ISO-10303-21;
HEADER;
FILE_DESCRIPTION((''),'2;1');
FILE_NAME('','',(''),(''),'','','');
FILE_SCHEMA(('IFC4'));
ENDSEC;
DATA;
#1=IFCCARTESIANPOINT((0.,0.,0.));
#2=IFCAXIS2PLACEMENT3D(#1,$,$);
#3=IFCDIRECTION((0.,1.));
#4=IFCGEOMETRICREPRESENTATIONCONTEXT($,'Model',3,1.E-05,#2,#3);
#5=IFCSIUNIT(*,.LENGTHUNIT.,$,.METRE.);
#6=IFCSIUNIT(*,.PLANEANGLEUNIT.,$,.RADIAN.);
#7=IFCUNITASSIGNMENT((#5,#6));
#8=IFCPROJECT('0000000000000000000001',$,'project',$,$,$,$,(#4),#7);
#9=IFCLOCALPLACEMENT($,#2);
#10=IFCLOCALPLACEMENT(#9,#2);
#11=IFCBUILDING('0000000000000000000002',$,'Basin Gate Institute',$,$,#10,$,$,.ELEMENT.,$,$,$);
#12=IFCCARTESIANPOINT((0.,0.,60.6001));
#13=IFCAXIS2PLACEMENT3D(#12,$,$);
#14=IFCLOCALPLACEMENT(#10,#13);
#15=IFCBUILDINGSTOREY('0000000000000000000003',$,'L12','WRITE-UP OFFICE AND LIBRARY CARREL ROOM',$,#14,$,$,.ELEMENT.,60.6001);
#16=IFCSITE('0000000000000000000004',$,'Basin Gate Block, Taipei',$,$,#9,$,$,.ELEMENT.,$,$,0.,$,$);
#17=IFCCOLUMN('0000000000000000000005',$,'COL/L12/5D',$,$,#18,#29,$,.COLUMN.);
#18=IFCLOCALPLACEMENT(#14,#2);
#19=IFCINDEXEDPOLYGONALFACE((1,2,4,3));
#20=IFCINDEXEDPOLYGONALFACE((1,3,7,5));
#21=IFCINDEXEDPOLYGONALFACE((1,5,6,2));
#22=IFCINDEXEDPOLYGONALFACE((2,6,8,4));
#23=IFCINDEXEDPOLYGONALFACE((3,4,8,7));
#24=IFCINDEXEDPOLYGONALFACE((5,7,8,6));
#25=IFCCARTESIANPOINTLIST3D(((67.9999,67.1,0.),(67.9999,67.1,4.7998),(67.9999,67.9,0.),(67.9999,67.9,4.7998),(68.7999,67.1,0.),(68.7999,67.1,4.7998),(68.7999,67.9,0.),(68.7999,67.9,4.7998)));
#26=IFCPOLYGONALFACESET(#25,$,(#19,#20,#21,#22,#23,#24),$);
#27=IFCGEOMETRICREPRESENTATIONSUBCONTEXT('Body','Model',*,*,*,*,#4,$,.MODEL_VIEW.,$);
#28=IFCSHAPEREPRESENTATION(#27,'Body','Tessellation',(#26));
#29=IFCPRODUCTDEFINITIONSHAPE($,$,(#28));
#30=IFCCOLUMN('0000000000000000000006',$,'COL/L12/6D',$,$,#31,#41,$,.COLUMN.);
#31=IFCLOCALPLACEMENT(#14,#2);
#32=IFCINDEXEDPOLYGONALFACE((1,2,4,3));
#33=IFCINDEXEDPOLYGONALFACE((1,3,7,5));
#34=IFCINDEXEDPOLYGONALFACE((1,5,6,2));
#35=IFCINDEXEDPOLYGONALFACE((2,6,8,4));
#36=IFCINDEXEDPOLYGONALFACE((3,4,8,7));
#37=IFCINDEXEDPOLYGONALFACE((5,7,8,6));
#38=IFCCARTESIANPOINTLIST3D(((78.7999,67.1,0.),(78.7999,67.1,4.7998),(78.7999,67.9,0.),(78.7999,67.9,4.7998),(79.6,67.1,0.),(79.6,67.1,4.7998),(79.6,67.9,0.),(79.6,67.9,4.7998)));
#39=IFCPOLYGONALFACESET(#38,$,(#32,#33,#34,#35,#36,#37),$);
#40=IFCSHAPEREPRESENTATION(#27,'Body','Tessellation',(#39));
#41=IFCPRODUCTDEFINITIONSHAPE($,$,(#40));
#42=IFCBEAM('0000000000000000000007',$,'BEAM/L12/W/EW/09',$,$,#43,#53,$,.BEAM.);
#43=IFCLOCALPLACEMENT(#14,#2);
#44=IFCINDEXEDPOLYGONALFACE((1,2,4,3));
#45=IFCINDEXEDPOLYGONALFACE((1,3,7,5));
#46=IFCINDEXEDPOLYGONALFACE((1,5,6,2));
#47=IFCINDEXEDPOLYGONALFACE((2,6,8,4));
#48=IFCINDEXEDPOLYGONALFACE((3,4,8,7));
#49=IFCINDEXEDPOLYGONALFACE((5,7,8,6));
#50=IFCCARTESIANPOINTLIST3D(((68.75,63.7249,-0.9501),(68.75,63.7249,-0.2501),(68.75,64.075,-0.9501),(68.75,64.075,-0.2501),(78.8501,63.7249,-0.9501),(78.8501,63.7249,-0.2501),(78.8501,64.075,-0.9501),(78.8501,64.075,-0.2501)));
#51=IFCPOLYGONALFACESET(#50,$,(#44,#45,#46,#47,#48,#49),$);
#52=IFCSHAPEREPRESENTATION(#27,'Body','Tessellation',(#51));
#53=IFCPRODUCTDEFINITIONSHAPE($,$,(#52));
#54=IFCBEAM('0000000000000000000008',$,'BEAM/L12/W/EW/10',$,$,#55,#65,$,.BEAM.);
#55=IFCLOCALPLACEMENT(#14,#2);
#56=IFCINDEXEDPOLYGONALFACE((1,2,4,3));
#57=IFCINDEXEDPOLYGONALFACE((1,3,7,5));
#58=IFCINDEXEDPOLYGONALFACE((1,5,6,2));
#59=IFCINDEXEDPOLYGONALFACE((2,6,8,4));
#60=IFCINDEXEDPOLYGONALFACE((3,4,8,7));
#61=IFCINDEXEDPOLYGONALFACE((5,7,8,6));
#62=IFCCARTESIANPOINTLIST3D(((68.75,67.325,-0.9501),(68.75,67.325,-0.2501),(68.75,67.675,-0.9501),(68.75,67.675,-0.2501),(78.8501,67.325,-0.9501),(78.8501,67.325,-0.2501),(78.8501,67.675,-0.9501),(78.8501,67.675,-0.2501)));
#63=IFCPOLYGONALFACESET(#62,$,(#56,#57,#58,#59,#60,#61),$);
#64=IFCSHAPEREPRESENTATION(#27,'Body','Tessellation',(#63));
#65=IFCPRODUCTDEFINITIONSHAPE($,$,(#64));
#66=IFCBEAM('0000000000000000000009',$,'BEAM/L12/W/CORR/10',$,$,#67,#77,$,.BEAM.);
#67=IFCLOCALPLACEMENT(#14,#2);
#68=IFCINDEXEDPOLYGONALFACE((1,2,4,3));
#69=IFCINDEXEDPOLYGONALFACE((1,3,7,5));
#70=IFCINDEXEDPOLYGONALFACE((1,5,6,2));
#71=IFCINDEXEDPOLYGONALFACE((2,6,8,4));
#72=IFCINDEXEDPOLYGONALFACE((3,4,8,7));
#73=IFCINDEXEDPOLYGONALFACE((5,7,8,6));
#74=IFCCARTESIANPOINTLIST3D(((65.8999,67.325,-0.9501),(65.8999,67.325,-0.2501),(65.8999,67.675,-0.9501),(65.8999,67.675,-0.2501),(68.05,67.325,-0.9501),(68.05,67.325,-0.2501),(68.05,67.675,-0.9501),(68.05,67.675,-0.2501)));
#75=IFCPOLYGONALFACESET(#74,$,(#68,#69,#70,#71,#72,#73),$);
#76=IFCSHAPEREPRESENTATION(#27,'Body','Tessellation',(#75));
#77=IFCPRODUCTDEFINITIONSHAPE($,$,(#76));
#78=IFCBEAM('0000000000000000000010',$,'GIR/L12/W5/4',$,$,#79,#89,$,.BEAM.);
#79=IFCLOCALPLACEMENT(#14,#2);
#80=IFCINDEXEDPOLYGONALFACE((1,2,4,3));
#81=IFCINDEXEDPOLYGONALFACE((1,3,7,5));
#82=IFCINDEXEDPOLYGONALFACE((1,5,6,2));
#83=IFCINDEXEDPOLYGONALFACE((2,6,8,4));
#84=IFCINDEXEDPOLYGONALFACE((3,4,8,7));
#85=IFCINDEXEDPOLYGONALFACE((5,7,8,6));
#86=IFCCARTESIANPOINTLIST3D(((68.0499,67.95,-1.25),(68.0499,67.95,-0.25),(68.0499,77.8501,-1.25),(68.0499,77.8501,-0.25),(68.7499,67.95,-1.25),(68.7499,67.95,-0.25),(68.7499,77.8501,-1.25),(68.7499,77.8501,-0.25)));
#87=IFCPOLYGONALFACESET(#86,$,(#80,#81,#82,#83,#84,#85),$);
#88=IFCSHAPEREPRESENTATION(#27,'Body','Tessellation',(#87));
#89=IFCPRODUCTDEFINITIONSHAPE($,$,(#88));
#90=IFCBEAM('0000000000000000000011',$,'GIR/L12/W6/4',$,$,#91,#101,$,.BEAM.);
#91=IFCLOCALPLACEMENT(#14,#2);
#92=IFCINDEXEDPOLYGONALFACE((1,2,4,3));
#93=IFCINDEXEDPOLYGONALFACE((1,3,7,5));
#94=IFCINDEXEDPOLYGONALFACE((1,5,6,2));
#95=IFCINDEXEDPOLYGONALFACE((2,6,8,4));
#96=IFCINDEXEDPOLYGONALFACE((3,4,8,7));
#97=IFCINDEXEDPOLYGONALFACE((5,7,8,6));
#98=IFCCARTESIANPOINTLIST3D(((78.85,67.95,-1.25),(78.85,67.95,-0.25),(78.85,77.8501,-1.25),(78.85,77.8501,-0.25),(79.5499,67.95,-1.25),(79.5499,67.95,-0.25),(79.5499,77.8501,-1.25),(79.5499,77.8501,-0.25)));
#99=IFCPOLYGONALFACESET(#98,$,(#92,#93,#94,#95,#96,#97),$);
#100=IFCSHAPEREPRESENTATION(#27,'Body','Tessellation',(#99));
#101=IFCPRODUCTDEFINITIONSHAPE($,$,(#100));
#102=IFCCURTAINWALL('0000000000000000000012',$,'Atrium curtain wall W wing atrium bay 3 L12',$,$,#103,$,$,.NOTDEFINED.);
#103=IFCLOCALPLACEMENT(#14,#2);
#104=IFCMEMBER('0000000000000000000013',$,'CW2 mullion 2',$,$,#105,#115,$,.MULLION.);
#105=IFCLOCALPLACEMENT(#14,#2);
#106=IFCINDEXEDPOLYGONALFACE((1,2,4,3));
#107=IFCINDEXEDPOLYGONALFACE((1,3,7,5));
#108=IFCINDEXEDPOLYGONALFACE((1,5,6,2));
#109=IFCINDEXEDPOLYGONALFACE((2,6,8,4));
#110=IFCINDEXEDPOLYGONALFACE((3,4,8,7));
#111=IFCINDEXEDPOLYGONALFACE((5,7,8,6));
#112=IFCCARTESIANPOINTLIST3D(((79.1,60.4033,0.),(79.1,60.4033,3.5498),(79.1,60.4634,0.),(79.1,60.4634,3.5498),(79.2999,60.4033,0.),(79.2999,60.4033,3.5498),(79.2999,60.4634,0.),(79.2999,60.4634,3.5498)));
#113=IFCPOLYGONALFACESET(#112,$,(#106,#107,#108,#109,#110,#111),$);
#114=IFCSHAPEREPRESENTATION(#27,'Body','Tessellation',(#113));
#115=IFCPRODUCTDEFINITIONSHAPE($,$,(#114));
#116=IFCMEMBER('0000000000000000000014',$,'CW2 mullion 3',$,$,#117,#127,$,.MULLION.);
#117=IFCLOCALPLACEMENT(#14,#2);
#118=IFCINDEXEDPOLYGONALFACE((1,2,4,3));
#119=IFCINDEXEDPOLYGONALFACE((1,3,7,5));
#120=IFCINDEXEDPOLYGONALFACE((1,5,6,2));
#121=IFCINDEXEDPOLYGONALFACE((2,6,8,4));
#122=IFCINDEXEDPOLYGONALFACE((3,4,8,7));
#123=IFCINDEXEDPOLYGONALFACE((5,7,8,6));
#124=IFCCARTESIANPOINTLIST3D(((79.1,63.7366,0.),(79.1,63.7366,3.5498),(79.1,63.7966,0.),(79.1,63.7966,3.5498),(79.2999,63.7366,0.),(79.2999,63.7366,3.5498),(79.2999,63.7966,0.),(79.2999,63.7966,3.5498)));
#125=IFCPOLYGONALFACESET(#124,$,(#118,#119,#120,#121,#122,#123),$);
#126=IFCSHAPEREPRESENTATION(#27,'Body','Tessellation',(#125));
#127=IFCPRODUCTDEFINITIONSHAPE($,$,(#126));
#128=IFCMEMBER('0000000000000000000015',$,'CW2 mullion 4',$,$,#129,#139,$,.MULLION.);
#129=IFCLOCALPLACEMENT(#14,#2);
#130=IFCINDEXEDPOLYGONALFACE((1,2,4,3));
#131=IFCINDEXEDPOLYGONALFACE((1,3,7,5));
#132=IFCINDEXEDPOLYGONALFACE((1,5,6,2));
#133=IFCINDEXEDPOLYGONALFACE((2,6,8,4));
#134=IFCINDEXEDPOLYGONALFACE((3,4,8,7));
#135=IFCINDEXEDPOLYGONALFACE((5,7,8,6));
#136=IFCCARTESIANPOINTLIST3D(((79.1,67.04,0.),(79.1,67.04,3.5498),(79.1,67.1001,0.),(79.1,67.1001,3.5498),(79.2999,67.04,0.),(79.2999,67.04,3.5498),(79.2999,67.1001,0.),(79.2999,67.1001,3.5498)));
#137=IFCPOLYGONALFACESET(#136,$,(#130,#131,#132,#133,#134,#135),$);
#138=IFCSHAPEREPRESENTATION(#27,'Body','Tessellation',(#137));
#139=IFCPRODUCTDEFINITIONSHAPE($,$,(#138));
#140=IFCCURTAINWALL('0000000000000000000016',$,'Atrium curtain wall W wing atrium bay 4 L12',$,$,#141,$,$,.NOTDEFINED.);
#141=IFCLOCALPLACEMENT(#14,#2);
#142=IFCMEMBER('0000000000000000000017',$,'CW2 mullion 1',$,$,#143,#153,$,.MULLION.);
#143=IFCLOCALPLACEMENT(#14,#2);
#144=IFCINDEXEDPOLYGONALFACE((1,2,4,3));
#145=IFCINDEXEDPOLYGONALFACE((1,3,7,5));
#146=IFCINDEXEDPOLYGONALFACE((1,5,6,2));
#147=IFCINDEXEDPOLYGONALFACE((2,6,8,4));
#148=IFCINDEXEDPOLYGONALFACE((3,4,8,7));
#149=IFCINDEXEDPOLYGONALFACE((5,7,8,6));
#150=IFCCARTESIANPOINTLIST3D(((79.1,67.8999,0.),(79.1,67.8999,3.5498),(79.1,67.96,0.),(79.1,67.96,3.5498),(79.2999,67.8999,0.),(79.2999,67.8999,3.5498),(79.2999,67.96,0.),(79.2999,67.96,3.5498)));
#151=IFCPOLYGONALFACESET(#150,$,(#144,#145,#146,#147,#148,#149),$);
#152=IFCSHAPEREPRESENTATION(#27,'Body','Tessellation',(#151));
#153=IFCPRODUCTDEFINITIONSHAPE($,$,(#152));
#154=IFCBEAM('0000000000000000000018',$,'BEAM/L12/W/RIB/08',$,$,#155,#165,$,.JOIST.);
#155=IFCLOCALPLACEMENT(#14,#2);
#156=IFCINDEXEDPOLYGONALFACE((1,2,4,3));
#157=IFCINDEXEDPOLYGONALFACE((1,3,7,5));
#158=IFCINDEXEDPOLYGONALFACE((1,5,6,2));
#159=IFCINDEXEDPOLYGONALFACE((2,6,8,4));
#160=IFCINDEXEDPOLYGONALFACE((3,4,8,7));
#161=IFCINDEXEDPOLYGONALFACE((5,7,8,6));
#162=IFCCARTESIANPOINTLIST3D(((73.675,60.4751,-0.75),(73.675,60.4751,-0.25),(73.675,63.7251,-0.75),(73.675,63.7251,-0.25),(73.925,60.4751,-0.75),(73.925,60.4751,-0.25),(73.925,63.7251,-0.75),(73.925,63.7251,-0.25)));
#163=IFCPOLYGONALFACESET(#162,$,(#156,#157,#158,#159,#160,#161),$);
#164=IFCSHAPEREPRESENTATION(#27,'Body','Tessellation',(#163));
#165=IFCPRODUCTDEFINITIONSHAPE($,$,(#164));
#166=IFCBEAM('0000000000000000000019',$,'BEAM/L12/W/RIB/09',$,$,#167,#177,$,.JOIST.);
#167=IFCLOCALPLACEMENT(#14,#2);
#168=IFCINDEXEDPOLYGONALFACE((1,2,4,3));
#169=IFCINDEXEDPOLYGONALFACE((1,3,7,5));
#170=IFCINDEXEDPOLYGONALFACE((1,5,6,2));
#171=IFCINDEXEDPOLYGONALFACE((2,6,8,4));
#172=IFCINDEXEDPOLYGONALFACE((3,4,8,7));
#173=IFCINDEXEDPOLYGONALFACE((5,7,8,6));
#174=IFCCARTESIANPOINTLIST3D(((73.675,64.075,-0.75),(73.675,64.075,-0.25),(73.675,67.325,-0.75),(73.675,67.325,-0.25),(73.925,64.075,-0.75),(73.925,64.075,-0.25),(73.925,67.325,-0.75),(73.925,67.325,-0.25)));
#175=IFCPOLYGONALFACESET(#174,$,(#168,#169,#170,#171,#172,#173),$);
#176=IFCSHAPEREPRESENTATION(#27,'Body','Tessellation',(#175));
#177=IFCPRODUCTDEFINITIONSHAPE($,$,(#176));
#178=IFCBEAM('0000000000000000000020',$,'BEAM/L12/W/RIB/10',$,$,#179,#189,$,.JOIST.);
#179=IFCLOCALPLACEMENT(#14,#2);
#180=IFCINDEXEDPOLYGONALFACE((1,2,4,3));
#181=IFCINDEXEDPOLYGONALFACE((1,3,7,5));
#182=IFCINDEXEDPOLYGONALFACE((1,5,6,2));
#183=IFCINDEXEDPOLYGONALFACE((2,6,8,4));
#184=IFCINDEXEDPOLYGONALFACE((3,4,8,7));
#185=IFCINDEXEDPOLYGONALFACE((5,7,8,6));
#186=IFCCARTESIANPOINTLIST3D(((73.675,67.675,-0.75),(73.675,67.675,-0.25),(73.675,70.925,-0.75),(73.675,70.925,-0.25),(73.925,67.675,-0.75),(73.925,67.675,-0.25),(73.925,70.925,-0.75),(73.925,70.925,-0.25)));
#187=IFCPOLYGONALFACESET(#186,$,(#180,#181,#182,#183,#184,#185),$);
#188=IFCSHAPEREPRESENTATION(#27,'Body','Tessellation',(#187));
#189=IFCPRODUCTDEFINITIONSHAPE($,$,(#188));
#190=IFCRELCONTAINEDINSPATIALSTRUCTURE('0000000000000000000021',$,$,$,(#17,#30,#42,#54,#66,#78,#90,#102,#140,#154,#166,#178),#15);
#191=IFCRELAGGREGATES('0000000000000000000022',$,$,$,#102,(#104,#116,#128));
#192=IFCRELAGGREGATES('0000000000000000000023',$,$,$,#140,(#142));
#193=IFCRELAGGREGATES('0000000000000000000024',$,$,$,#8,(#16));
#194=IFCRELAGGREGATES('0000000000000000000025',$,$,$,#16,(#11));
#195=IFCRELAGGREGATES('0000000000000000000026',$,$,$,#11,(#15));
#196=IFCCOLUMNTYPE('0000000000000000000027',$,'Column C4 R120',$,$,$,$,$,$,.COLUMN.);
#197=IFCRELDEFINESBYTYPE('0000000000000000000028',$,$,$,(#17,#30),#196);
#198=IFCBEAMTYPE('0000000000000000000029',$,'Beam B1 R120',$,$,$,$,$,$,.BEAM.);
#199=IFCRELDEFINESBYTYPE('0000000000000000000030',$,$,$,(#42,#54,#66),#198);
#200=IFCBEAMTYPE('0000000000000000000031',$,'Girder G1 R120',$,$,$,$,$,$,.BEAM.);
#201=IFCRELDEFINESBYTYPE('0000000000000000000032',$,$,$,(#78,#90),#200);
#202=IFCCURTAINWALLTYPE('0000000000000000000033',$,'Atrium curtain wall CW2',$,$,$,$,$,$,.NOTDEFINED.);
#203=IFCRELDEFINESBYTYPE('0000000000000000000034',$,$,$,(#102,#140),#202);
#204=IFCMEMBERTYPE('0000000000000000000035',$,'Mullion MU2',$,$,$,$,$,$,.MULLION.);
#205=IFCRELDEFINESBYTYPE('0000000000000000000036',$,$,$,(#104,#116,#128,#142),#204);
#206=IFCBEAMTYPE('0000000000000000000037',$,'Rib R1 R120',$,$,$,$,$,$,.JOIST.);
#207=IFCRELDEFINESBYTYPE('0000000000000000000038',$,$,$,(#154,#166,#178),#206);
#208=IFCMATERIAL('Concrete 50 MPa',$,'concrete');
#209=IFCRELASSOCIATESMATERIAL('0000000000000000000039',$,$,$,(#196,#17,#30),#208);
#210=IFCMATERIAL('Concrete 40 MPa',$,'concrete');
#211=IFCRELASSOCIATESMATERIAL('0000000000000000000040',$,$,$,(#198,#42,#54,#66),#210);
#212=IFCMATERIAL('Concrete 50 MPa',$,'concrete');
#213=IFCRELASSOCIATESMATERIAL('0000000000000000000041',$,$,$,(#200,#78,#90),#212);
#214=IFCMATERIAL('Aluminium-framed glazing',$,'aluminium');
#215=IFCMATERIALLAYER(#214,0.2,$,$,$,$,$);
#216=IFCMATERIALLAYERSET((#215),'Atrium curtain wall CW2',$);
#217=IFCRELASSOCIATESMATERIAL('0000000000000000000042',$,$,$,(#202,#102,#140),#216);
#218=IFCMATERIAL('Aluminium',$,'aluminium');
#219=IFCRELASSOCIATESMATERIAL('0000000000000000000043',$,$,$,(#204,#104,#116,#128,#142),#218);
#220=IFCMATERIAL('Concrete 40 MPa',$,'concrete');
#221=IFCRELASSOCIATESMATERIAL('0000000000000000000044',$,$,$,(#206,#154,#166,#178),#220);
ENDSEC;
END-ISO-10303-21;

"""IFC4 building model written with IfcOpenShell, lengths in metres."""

from ifc_helpers import new_model, si_unit, direction, frame, origin, origin_2d, place, context, subcontext, project, spatial, rectangle, extrude, material, layer, layer_set, material_profile, profile_set, type_object, element, aggregate, save


model = new_model("IFC4")

# Units and contexts
model_context = context("Model", 3, precision=1e-05, world=origin(), true_north=direction((0.0, 1.0)))
body_context = subcontext(model_context, "Body", "Model", "MODEL_VIEW")
ifc_project = project(units=[si_unit("LENGTHUNIT", "METRE"), si_unit("PLANEANGLEUNIT", "RADIAN")], contexts=[model_context])

# Site, building, storey
site_placement = place(None, origin())
site = spatial("IfcSite", under=ifc_project, at=site_placement, Name="Basin Gate Block, Taipei", CompositionType="ELEMENT", RefElevation=0.0)
building_placement = place(site_placement, origin())
building = spatial("IfcBuilding", under=site, at=building_placement, Name="Basin Gate Institute", CompositionType="ELEMENT")
storey_placement = place(building_placement, frame((0.0, 0.0, 60.6001)))
storey = spatial("IfcBuildingStorey", under=building, at=storey_placement, Name="L12", Description="WRITE-UP OFFICE AND LIBRARY CARREL ROOM", CompositionType="ELEMENT", Elevation=60.6001)

# Columns
ifc_material_1 = material(Name="Concrete 50 MPa", Category="concrete")
ifc_material_profile_1 = material_profile(ifc_material_1, rectangle(XDim=0.8, YDim=0.8, at=origin_2d()), Name="Column C4 800 x 800")
ifc_profile_set_1 = profile_set([ifc_material_profile_1], Name="Concrete 50 MPa")
column_type = type_object("IfcColumnType", Name="Column C4 R120", PredefinedType="COLUMN", material=ifc_profile_set_1)
for number, where, z_axis, x_axis, name in (
    (1, (68.3999, 67.5, 0.0), (0.0, 0.0, 1.0), (1.0, 0.0, 0.0), "COL/L12/5D"),
    (2, (79.2, 67.5, 0.0), (0.0, 0.0, 1.0), (1.0, 0.0, 0.0), "COL/L12/6D"),
):
    element("IfcColumn", number, at=place(storey_placement, frame(where, z_axis=z_axis, x_axis=x_axis)), inside=storey, type_object=column_type, material=ifc_profile_set_1, Name=name, PredefinedType="COLUMN", context=body_context, shape_type="SweptSolid", body=[
        extrude(rectangle(XDim=0.8, YDim=0.8, at=origin_2d()), origin(), (0.0, 0.0, 1.0), 4.7998),
    ])

# Beams
ifc_material_2 = material(Name="Concrete 40 MPa", Category="concrete")
ifc_material_profile_2 = material_profile(ifc_material_2, rectangle(XDim=0.3501, YDim=0.7, at=origin_2d()), Name="Beam B1 350 x 700")
ifc_profile_set_2 = profile_set([ifc_material_profile_2], Name="Concrete 40 MPa")
beam_type_1 = type_object("IfcBeamType", Name="Beam B1 R120", PredefinedType="BEAM", material=ifc_profile_set_2)
for number, where, z_axis, x_axis, name in (
    (3, (68.75, 63.8999, -0.6001), (1.0, 0.0, 0.0), (0.0, 1.0, 0.0), "BEAM/L12/W/EW/09"),
    (4, (68.75, 67.5, -0.6001), (1.0, 0.0, 0.0), (0.0, 1.0, 0.0), "BEAM/L12/W/EW/10"),
):
    element("IfcBeam", number, at=place(storey_placement, frame(where, z_axis=z_axis, x_axis=x_axis)), inside=storey, type_object=beam_type_1, material=ifc_profile_set_2, Name=name, PredefinedType="BEAM", context=body_context, shape_type="SweptSolid", body=[
        extrude(rectangle(XDim=0.3501, YDim=0.7, at=origin_2d()), origin(), (0.0, 0.0, 1.0), 10.1001),
    ])
beam_placement = place(storey_placement, frame((65.8999, 67.5, -0.6001), z_axis=(1.0, 0.0, 0.0), x_axis=(0.0, 1.0, 0.0)))
element("IfcBeam", 5, at=beam_placement, inside=storey, type_object=beam_type_1, material=ifc_profile_set_2, Name="BEAM/L12/W/CORR/10", PredefinedType="BEAM", context=body_context, shape_type="SweptSolid", body=[
    extrude(rectangle(XDim=0.3501, YDim=0.7, at=origin_2d()), origin(), (0.0, 0.0, 1.0), 2.1501),
])
ifc_material_3 = material(Name="Concrete 50 MPa", Category="concrete")
ifc_material_profile_3 = material_profile(ifc_material_3, rectangle(XDim=0.7, YDim=1.0, at=origin_2d()), Name="Girder G1 700 x 1000")
ifc_profile_set_3 = profile_set([ifc_material_profile_3], Name="Concrete 50 MPa")
beam_type_2 = type_object("IfcBeamType", Name="Girder G1 R120", PredefinedType="BEAM", material=ifc_profile_set_3)
for number, where, z_axis, x_axis, name in (
    (6, (68.3999, 67.95, -0.75), (0.0, 1.0, 0.0), (-1.0, 0.0, 0.0), "GIR/L12/W5/4"),
    (7, (79.2, 67.95, -0.75), (0.0, 1.0, 0.0), (-1.0, 0.0, 0.0), "GIR/L12/W6/4"),
):
    element("IfcBeam", number, at=place(storey_placement, frame(where, z_axis=z_axis, x_axis=x_axis)), inside=storey, type_object=beam_type_2, material=ifc_profile_set_3, Name=name, PredefinedType="BEAM", context=body_context, shape_type="SweptSolid", body=[
        extrude(rectangle(XDim=0.7, YDim=1.0, at=origin_2d()), origin(), (0.0, 0.0, 1.0), 9.9001),
    ])

# Curtain wall, members
ifc_material_4 = material(Name="Aluminium-framed glazing", Category="aluminium")
ifc_layer_1 = layer(ifc_material_4, 0.2)
ifc_layer_set_1 = layer_set([ifc_layer_1], Name="Atrium curtain wall CW2")
curtain_wall_type = type_object("IfcCurtainWallType", Name="Atrium curtain wall CW2", PredefinedType="NOTDEFINED", material=ifc_layer_set_1)
curtain_wall_1_placement = place(storey_placement, origin())
curtain_wall_1 = element("IfcCurtainWall", 8, at=curtain_wall_1_placement, inside=storey, type_object=curtain_wall_type, material=ifc_layer_set_1, Name="Atrium curtain wall W wing atrium bay 3 L12", PredefinedType="NOTDEFINED")
ifc_material_5 = material(Name="Aluminium", Category="aluminium")
ifc_material_profile_4 = material_profile(ifc_material_5, rectangle(XDim=0.2, YDim=0.0601, at=origin_2d()), Name="Mullion MU2 200 x 60")
ifc_profile_set_4 = profile_set([ifc_material_profile_4], Name="Aluminium")
member_type_1 = type_object("IfcMemberType", Name="Mullion MU2", PredefinedType="MULLION", material=ifc_profile_set_4)
member_1_placement = place(storey_placement, frame((79.2, 60.4333, 0.0), z_axis=(0.0, 0.0, 1.0), x_axis=(-1.0, 0.0, 0.0)))
member_1 = element("IfcMember", 9, at=member_1_placement, type_object=member_type_1, material=ifc_profile_set_4, Name="CW2 mullion 2", PredefinedType="MULLION", context=body_context, shape_type="SweptSolid", body=[
    extrude(rectangle(XDim=0.2, YDim=0.0601, at=origin_2d()), origin(), (0.0, 0.0, 1.0), 3.5498),
])
member_2_placement = place(storey_placement, frame((79.2, 63.7666, 0.0), z_axis=(0.0, 0.0, 1.0), x_axis=(-1.0, 0.0, 0.0)))
member_2 = element("IfcMember", 10, at=member_2_placement, type_object=member_type_1, material=ifc_profile_set_4, Name="CW2 mullion 3", PredefinedType="MULLION", context=body_context, shape_type="SweptSolid", body=[
    extrude(rectangle(XDim=0.2, YDim=0.0601, at=origin_2d()), origin(), (0.0, 0.0, 1.0), 3.5498),
])
member_3_placement = place(storey_placement, frame((79.2, 67.0701, 0.0), z_axis=(0.0, 0.0, 1.0), x_axis=(-1.0, 0.0, 0.0)))
member_3 = element("IfcMember", 11, at=member_3_placement, type_object=member_type_1, material=ifc_profile_set_4, Name="CW2 mullion 4", PredefinedType="MULLION", context=body_context, shape_type="SweptSolid", body=[
    extrude(rectangle(XDim=0.2, YDim=0.0601, at=origin_2d()), origin(), (0.0, 0.0, 1.0), 3.5498),
])

# Curtain wall, member
curtain_wall_2_placement = place(storey_placement, origin())
curtain_wall_2 = element("IfcCurtainWall", 12, at=curtain_wall_2_placement, inside=storey, type_object=curtain_wall_type, material=ifc_layer_set_1, Name="Atrium curtain wall W wing atrium bay 4 L12", PredefinedType="NOTDEFINED")
member_4_placement = place(storey_placement, frame((79.2, 67.9299, 0.0), z_axis=(0.0, 0.0, 1.0), x_axis=(-1.0, 0.0, 0.0)))
member_4 = element("IfcMember", 13, at=member_4_placement, type_object=member_type_1, material=ifc_profile_set_4, Name="CW2 mullion 1", PredefinedType="MULLION", context=body_context, shape_type="SweptSolid", body=[
    extrude(rectangle(XDim=0.2, YDim=0.0601, at=origin_2d()), origin(), (0.0, 0.0, 1.0), 3.5498),
])

# Beams
ifc_material_6 = material(Name="Concrete 40 MPa", Category="concrete")
ifc_material_profile_5 = material_profile(ifc_material_6, rectangle(XDim=0.25, YDim=0.5, at=origin_2d()), Name="Rib R1 250 x 500")
ifc_profile_set_5 = profile_set([ifc_material_profile_5], Name="Concrete 40 MPa")
beam_type_3 = type_object("IfcBeamType", Name="Rib R1 R120", PredefinedType="JOIST", material=ifc_profile_set_5)
for number, where, z_axis, x_axis, name in (
    (14, (73.8, 60.4751, -0.5), (0.0, 1.0, 0.0), (-1.0, 0.0, 0.0), "BEAM/L12/W/RIB/08"),
    (15, (73.8, 64.075, -0.5), (0.0, 1.0, 0.0), (-1.0, 0.0, 0.0), "BEAM/L12/W/RIB/09"),
    (16, (73.8, 67.675, -0.5), (0.0, 1.0, 0.0), (-1.0, 0.0, 0.0), "BEAM/L12/W/RIB/10"),
):
    element("IfcBeam", number, at=place(storey_placement, frame(where, z_axis=z_axis, x_axis=x_axis)), inside=storey, type_object=beam_type_3, material=ifc_profile_set_5, Name=name, PredefinedType="JOIST", context=body_context, shape_type="SweptSolid", body=[
        extrude(rectangle(XDim=0.25, YDim=0.5, at=origin_2d()), origin(), (0.0, 0.0, 1.0), 3.25),
    ])

aggregate(curtain_wall_1, [member_1, member_2, member_3])
aggregate(curtain_wall_2, [member_4])

save(model, "model.ifc")
